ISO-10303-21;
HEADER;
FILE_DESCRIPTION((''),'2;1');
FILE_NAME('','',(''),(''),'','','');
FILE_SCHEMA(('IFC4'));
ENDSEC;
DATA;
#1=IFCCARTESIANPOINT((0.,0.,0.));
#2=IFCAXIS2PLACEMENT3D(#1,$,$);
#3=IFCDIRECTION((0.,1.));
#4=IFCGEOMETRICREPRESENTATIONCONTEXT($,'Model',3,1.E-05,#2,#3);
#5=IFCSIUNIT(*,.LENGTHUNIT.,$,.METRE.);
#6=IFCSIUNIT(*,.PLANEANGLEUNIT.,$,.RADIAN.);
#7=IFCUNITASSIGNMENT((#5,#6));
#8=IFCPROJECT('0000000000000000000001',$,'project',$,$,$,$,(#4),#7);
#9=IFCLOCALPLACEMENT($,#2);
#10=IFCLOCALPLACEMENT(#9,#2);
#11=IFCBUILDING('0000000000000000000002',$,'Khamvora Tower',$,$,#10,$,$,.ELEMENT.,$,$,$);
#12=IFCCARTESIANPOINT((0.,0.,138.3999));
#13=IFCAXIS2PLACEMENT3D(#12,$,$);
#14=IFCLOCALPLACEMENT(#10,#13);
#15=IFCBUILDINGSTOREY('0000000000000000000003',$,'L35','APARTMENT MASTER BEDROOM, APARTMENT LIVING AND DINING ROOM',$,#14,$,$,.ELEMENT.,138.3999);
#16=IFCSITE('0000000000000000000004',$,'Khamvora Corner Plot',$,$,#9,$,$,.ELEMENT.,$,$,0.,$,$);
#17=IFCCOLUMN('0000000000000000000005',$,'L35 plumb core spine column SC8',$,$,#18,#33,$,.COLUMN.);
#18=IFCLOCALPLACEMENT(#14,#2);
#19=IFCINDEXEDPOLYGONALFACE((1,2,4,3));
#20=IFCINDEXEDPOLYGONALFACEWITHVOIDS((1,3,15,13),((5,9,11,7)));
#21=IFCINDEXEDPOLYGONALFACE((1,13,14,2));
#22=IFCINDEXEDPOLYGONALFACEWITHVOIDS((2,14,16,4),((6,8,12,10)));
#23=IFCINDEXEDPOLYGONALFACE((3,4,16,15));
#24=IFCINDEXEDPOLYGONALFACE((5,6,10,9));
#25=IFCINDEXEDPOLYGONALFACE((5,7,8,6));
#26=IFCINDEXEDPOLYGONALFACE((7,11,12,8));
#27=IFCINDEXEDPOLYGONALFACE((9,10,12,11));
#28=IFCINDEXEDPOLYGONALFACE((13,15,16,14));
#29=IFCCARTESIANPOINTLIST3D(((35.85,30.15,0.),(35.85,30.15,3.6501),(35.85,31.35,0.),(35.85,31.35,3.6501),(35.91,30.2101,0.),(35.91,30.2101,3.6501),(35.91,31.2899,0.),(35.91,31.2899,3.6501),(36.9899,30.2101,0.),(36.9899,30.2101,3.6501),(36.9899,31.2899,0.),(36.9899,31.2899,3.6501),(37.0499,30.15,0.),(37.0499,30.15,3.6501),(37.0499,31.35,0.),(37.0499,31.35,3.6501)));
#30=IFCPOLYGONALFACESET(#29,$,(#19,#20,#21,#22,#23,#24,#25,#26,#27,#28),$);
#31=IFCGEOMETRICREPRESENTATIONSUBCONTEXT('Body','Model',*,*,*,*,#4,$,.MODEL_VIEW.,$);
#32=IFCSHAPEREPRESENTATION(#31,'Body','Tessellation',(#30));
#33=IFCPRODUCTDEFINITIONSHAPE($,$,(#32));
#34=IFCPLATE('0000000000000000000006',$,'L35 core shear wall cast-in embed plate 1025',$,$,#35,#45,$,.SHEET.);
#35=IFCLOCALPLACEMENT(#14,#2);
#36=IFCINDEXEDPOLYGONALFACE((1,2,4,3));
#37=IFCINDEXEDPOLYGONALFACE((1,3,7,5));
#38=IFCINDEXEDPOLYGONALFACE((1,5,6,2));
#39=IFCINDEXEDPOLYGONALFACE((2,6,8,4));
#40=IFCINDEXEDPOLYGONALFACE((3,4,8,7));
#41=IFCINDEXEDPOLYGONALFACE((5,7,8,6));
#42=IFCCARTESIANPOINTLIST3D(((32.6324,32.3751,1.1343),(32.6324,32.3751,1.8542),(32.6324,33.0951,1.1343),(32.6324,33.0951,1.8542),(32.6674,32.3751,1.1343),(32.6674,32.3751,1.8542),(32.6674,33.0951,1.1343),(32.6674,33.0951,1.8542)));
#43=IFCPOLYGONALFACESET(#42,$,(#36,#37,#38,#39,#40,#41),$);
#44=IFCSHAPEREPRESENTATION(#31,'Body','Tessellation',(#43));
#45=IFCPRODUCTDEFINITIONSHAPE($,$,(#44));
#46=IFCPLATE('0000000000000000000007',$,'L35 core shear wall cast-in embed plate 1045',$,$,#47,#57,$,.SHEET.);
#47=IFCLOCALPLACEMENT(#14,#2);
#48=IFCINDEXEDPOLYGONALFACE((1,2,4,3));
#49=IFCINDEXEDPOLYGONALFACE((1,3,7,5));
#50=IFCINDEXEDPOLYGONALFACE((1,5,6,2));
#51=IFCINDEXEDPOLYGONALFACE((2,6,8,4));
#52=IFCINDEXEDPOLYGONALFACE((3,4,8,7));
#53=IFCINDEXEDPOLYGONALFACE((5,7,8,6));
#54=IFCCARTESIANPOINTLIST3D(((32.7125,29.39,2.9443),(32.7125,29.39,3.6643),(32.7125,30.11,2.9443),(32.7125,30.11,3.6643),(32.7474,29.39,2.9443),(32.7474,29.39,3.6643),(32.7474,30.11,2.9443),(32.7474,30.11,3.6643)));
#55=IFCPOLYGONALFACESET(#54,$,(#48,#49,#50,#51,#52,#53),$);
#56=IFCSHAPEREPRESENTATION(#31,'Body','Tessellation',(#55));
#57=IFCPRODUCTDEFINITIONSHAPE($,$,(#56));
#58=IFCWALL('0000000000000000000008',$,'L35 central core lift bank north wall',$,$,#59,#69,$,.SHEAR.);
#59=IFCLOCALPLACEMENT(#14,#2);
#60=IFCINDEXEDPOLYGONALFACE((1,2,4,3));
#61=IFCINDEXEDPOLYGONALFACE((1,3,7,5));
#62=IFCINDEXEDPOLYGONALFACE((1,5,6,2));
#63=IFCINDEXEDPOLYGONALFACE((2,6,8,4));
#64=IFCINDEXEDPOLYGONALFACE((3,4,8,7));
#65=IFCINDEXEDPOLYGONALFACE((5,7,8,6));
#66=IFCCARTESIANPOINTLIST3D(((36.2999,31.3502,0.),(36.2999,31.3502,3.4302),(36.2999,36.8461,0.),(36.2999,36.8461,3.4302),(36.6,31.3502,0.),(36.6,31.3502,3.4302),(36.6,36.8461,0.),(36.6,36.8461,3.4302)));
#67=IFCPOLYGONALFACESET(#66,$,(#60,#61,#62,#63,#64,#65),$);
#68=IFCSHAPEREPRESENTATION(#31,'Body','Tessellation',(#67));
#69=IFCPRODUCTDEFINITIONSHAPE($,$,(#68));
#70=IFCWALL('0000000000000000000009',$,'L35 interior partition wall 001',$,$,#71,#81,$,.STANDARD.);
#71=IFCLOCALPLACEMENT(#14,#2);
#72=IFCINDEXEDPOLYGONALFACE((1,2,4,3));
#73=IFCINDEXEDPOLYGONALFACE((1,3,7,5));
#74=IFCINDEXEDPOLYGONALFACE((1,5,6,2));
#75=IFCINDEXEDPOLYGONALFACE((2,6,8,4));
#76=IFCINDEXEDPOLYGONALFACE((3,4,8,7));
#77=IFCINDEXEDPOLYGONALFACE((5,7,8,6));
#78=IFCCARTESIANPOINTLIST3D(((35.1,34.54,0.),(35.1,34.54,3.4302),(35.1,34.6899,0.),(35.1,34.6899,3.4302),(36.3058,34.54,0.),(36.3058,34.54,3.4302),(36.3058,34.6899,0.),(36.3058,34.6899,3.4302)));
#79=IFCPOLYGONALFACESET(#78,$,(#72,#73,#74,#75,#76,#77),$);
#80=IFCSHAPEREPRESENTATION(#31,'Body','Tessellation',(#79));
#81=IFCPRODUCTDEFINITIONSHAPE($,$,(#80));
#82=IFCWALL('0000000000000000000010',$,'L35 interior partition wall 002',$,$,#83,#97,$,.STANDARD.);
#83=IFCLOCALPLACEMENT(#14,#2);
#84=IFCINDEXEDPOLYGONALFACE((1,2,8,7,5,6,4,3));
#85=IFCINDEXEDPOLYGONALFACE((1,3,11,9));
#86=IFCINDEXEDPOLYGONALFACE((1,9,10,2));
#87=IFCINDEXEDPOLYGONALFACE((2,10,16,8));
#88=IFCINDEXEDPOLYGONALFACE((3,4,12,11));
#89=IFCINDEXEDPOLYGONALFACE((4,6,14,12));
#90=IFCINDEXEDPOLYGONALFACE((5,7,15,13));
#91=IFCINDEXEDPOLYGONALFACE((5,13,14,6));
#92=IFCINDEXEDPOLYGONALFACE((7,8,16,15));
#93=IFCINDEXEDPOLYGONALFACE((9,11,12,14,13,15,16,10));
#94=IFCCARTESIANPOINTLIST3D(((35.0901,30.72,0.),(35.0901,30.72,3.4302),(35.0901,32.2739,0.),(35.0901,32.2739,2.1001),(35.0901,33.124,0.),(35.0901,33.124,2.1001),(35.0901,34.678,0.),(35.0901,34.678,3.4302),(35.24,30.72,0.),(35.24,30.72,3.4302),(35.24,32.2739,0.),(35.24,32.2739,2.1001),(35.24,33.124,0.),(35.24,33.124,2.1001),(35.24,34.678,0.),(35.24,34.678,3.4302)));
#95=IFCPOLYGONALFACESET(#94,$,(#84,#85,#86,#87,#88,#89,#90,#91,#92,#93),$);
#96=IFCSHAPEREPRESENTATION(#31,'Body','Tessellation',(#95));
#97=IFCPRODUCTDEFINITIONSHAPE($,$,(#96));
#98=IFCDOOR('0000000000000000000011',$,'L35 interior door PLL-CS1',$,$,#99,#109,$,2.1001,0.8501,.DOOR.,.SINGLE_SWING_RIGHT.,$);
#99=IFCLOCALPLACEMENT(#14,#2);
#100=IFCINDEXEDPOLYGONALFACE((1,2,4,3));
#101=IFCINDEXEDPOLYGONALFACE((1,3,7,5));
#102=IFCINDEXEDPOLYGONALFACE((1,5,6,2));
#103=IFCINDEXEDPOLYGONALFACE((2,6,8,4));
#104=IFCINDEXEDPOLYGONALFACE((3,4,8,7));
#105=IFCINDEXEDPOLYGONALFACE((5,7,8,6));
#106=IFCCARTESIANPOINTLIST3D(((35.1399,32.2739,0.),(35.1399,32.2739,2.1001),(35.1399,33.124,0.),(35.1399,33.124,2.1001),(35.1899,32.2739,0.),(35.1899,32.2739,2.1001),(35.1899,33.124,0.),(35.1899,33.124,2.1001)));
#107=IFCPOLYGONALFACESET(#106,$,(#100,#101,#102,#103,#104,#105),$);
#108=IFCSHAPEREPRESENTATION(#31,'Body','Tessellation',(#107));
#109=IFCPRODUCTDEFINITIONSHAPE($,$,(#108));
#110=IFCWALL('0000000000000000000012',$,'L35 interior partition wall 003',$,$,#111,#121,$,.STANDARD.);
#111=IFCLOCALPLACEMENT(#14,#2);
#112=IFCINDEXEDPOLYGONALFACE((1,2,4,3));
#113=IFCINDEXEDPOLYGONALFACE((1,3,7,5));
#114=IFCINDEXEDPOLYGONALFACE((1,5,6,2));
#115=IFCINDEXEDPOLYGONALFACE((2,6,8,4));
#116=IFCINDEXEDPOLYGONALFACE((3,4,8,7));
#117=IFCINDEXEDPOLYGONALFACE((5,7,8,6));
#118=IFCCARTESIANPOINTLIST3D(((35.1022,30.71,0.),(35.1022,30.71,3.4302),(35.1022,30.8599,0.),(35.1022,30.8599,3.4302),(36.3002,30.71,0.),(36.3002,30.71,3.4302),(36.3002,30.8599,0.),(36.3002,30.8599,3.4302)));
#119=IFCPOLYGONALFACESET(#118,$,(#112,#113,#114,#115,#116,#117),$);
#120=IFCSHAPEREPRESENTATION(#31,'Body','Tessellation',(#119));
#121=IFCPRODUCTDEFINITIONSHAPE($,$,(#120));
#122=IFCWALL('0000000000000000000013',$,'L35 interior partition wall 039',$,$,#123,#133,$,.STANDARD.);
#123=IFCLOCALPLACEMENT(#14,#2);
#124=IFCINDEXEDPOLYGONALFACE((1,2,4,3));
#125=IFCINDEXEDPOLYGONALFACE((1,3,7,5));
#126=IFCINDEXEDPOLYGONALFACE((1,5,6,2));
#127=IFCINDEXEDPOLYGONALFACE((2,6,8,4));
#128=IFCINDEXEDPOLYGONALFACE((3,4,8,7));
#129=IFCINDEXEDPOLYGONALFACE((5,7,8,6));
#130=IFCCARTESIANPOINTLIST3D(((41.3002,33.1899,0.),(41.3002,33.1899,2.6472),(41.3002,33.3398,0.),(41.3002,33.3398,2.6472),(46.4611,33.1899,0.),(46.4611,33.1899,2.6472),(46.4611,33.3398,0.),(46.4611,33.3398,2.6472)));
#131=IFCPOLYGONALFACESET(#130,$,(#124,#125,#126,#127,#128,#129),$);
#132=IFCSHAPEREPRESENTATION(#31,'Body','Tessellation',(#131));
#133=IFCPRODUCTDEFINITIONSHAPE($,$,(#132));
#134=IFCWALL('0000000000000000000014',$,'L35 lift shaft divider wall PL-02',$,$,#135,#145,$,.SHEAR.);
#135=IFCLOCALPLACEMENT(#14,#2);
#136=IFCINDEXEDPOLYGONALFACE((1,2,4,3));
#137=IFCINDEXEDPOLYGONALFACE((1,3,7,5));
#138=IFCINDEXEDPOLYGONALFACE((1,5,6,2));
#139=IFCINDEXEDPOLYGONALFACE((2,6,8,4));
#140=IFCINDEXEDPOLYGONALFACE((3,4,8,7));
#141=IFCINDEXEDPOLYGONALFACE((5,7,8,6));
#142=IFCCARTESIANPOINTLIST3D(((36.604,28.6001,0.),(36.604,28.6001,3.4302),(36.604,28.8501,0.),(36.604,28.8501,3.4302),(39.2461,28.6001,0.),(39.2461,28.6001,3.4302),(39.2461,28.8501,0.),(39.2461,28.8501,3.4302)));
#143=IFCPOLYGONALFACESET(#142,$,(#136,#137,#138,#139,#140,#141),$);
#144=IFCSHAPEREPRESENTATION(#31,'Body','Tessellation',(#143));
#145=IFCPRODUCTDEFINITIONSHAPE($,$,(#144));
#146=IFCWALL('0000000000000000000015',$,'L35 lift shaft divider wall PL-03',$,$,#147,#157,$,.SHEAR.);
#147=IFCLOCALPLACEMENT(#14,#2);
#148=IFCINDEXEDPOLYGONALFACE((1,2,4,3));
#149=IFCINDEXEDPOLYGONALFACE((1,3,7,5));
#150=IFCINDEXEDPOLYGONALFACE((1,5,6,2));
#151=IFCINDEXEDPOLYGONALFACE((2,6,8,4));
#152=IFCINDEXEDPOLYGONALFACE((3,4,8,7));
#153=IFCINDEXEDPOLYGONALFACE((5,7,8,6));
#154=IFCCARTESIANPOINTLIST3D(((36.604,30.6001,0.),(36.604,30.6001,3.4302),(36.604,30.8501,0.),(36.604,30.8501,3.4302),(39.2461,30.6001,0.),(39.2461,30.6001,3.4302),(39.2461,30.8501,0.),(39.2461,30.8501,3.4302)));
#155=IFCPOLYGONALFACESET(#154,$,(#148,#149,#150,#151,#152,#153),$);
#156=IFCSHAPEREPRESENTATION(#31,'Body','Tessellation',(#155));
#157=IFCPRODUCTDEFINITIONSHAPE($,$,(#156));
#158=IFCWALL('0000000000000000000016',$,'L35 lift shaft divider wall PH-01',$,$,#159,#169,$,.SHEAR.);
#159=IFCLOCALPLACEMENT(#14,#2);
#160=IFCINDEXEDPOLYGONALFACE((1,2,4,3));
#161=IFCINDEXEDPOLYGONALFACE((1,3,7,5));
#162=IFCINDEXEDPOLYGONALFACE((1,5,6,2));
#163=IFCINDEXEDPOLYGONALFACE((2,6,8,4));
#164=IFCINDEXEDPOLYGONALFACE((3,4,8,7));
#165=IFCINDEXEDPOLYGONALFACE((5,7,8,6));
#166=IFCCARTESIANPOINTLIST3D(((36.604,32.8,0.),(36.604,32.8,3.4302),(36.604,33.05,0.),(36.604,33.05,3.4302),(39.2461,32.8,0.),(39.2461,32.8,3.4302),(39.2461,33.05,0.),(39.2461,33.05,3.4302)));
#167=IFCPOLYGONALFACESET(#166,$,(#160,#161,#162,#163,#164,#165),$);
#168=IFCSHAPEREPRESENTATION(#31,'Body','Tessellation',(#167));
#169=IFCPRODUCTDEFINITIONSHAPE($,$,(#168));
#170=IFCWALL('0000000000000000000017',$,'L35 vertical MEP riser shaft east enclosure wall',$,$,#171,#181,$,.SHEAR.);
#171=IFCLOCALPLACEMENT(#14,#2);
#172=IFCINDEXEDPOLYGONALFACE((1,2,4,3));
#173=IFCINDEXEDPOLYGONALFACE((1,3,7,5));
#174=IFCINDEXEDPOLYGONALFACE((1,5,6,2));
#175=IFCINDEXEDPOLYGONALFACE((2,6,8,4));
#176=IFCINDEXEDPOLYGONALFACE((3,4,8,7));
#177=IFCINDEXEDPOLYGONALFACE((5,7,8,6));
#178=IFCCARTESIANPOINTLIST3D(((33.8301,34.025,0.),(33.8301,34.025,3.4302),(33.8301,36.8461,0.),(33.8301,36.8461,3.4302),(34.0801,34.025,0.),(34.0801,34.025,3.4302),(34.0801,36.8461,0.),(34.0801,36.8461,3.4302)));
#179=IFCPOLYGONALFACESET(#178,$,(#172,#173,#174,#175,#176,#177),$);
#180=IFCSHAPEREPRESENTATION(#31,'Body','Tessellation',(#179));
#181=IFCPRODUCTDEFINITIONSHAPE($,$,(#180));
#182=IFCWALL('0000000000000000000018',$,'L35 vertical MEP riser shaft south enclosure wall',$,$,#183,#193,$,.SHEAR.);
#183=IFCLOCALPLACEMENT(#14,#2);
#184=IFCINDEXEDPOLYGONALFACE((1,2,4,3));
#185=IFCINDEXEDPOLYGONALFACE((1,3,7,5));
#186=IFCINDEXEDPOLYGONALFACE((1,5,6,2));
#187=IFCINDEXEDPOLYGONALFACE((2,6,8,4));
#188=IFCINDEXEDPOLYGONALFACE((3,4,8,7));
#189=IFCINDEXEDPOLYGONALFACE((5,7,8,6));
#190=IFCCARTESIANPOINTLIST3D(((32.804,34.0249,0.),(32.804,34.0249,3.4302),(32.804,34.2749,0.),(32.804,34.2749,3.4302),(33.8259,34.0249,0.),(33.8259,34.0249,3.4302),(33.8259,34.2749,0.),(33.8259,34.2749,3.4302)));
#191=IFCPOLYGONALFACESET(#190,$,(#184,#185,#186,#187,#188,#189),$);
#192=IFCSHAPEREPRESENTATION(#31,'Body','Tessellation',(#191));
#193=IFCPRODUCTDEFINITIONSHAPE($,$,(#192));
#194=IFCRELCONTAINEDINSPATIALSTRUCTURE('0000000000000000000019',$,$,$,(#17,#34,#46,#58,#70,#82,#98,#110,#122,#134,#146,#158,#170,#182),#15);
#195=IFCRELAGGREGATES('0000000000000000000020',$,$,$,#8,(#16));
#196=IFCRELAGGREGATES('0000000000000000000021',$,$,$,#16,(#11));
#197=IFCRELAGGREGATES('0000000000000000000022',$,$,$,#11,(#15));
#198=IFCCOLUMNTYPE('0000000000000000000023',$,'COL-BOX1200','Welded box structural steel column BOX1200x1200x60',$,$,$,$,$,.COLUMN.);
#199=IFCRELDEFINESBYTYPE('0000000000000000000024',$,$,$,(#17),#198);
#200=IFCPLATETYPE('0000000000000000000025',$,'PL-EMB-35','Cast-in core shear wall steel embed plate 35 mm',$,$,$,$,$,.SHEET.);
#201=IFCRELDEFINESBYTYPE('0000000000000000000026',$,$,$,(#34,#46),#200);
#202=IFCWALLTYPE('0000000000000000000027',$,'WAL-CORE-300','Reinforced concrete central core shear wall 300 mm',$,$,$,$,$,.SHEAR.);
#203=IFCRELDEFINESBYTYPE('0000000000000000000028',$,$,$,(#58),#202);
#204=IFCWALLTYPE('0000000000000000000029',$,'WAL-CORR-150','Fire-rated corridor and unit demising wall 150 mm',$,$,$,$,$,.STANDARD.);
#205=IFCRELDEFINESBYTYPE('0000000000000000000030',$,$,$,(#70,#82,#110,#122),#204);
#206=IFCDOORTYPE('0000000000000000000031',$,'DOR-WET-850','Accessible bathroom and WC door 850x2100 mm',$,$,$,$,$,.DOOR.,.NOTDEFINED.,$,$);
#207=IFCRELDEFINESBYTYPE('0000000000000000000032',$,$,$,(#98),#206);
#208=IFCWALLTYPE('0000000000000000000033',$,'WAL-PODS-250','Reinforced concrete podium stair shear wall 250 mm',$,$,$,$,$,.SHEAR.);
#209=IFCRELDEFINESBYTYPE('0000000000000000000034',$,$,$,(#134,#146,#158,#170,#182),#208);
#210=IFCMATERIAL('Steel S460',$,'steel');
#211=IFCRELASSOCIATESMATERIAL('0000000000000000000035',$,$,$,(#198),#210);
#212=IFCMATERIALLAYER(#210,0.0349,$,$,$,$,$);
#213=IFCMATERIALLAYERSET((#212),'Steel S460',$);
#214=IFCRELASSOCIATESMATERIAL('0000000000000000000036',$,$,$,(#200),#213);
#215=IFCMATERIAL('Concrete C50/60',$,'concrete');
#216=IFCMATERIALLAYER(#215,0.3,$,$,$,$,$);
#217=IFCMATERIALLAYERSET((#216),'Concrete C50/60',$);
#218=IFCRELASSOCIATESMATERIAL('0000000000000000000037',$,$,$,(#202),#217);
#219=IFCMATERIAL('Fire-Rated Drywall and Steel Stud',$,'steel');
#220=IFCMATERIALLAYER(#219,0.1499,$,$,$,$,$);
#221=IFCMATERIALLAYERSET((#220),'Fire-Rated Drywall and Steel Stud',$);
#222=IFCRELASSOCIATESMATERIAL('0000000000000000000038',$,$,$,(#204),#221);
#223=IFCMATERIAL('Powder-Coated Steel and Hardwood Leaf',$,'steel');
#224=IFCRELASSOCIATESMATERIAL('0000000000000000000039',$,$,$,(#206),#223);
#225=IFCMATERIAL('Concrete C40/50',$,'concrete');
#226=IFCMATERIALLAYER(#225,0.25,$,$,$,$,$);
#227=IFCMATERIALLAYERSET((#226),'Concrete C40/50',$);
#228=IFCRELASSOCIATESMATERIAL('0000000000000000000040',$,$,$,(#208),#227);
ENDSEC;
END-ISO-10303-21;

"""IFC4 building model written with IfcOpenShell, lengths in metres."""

from ifc_helpers import new_model, si_unit, direction, frame, frame_2d, origin, origin_2d, place, context, subcontext, project, spatial, rectangle, hollow_rectangle, extrude, material, layer, layer_set, material_profile, profile_set, type_object, element, fill, save


model = new_model("IFC4")

# Units and contexts
model_context = context("Model", 3, precision=1e-05, world=origin(), true_north=direction((0.0, 1.0)))
body_context = subcontext(model_context, "Body", "Model", "MODEL_VIEW")
ifc_project = project(units=[si_unit("LENGTHUNIT", "METRE"), si_unit("PLANEANGLEUNIT", "RADIAN")], contexts=[model_context])

# Site, building, storey
site_placement = place(None, origin())
site = spatial("IfcSite", under=ifc_project, at=site_placement, Name="Khamvora Corner Plot", CompositionType="ELEMENT", RefElevation=0.0)
building_placement = place(site_placement, origin())
building = spatial("IfcBuilding", under=site, at=building_placement, Name="Khamvora Tower", CompositionType="ELEMENT")
storey_placement = place(building_placement, frame((0.0, 0.0, 138.3999)))
storey = spatial("IfcBuildingStorey", under=building, at=storey_placement, Name="L35", Description="APARTMENT MASTER BEDROOM, APARTMENT LIVING AND DINING ROOM", CompositionType="ELEMENT", Elevation=138.3999)

# Column
ifc_material_1 = material(Name="Steel S460", Category="steel")
ifc_material_profile = material_profile(ifc_material_1, hollow_rectangle(XDim=1.2, YDim=1.2, WallThickness=0.0601, at=origin_2d()), Name="BOX1200x1200x60")
ifc_profile_set = profile_set([ifc_material_profile], Name="Steel S460")
column_type = type_object("IfcColumnType", Name="COL-BOX1200", Description="Welded box structural steel column BOX1200x1200x60", PredefinedType="COLUMN", material=ifc_profile_set)
column_placement = place(storey_placement, frame((36.45, 30.75, 0.0), z_axis=(0.0, 0.0, 1.0), x_axis=(1.0, 0.0, 0.0)))
element("IfcColumn", 1, at=column_placement, inside=storey, type_object=column_type, Name="L35 plumb core spine column SC8", PredefinedType="COLUMN", context=body_context, shape_type="SweptSolid", body=[
    extrude(hollow_rectangle(XDim=1.2, YDim=1.2, WallThickness=0.0601, at=origin_2d()), origin(), (0.0, 0.0, 1.0), 3.6501),
])

# Plates
ifc_layer_1 = layer(ifc_material_1, 0.0349)
ifc_layer_set_1 = layer_set([ifc_layer_1], Name="Steel S460")
plate_type = type_object("IfcPlateType", Name="PL-EMB-35", Description="Cast-in core shear wall steel embed plate 35 mm", PredefinedType="SHEET", material=ifc_layer_set_1)
for number, where, z_axis, x_axis, name in (
    (2, (32.6499, 32.7351, 1.1343), (0.0, 0.0, 1.0), (1.0, 0.0, 0.0), "L35 core shear wall cast-in embed plate 1025"),
    (3, (32.73, 29.75, 2.9443), (0.0, 0.0, 1.0), (1.0, 0.0, 0.0), "L35 core shear wall cast-in embed plate 1045"),
):
    element("IfcPlate", number, at=place(storey_placement, frame(where, z_axis=z_axis, x_axis=x_axis)), inside=storey, type_object=plate_type, Name=name, PredefinedType="SHEET", context=body_context, shape_type="SweptSolid", body=[
        extrude(rectangle(XDim=0.0349, YDim=0.72, at=origin_2d()), origin(), (0.0, 0.0, 1.0), 0.72),
    ])

# Walls
ifc_material_2 = material(Name="Concrete C50/60", Category="concrete")
ifc_layer_2 = layer(ifc_material_2, 0.3)
ifc_layer_set_2 = layer_set([ifc_layer_2], Name="Concrete C50/60")
wall_type_1 = type_object("IfcWallType", Name="WAL-CORE-300", Description="Reinforced concrete central core shear wall 300 mm", PredefinedType="SHEAR", material=ifc_layer_set_2)
wall_1_placement = place(storey_placement, frame((36.45, 31.3501, 0.0), z_axis=(0.0, 0.0, 1.0), x_axis=(0.0, 1.0, 0.0)))
element("IfcWall", 4, at=wall_1_placement, inside=storey, type_object=wall_type_1, Name="L35 central core lift bank north wall", PredefinedType="SHEAR", context=body_context, shape_type="SweptSolid", body=[
    extrude(rectangle(XDim=5.4958, YDim=0.3, at=frame_2d((2.748, 0.0))), origin(), (0.0, 0.0, 1.0), 3.4302),
])
ifc_material_3 = material(Name="Fire-Rated Drywall and Steel Stud", Category="steel")
ifc_layer_3 = layer(ifc_material_3, 0.1499)
ifc_layer_set_3 = layer_set([ifc_layer_3], Name="Fire-Rated Drywall and Steel Stud")
wall_type_2 = type_object("IfcWallType", Name="WAL-CORR-150", Description="Fire-rated corridor and unit demising wall 150 mm", PredefinedType="STANDARD", material=ifc_layer_set_3)
wall_2_placement = place(storey_placement, frame((36.3059, 34.615, 0.0), z_axis=(0.0, 0.0, 1.0), x_axis=(-1.0, 0.0, 0.0)))
element("IfcWall", 5, at=wall_2_placement, inside=storey, type_object=wall_type_2, Name="L35 interior partition wall 001", PredefinedType="STANDARD", context=body_context, shape_type="SweptSolid", body=[
    extrude(rectangle(XDim=1.2058, YDim=0.1499, at=frame_2d((0.603, 0.0))), origin(), (0.0, 0.0, 1.0), 3.4302),
])

# Wall, opening, door
wall_3_placement = place(storey_placement, frame((35.165, 34.678, 0.0), z_axis=(0.0, 0.0, 1.0), x_axis=(0.0, -1.0, 0.0)))
wall_3 = element("IfcWall", 6, at=wall_3_placement, inside=storey, type_object=wall_type_2, Name="L35 interior partition wall 002", PredefinedType="STANDARD", context=body_context, shape_type="SweptSolid", body=[
    extrude(rectangle(XDim=3.958, YDim=0.1499, at=frame_2d((1.979, 0.0))), origin(), (0.0, 0.0, 1.0), 3.4302),
])
opening_placement = place(wall_3_placement, frame((1.554, 0.0, 0.0)))
opening = element("IfcOpeningElement", 7, at=opening_placement, cuts=wall_3, PredefinedType="OPENING", context=body_context, shape_type="SweptSolid", body=[
    extrude(rectangle(XDim=0.8501, YDim=2.1001, at=frame_2d((0.425, 1.05))), frame((0.0, 0.085, 0.0), z_axis=(0.0, -1.0, 0.0), x_axis=(1.0, 0.0, 0.0)), (0.0, 0.0, 1.0), 0.1699),
])
ifc_material_4 = material(Name="Powder-Coated Steel and Hardwood Leaf", Category="steel")
door_type = type_object("IfcDoorType", Name="DOR-WET-850", Description="Accessible bathroom and WC door 850x2100 mm", OperationType="NOTDEFINED", PredefinedType="DOOR", material=ifc_material_4)
door_placement = place(opening_placement, origin())
door = element("IfcDoor", 8, at=door_placement, inside=storey, type_object=door_type, Name="L35 interior door PLL-CS1", OperationType="SINGLE_SWING_RIGHT", OverallHeight=2.1001, OverallWidth=0.8501, PredefinedType="DOOR", context=body_context, shape_type="SweptSolid", body=[
    extrude(rectangle(XDim=0.8501, YDim=2.1001, at=frame_2d((0.425, 1.05))), frame((0.0, 0.0249, 0.0), z_axis=(0.0, -1.0, 0.0), x_axis=(1.0, 0.0, 0.0)), (0.0, 0.0, 1.0), 0.05),
])
fill(opening, door)

# Walls
wall_4_placement = place(storey_placement, frame((35.1021, 30.7849, 0.0), z_axis=(0.0, 0.0, 1.0), x_axis=(1.0, 0.0, 0.0)))
element("IfcWall", 9, at=wall_4_placement, inside=storey, type_object=wall_type_2, Name="L35 interior partition wall 003", PredefinedType="STANDARD", context=body_context, shape_type="SweptSolid", body=[
    extrude(rectangle(XDim=1.198, YDim=0.1499, at=frame_2d((0.5991, 0.0))), origin(), (0.0, 0.0, 1.0), 3.4302),
])
wall_5_placement = place(storey_placement, frame((41.3, 33.2649, 0.0), z_axis=(0.0, 0.0, 1.0), x_axis=(1.0, 0.0, 0.0)))
element("IfcWall", 10, at=wall_5_placement, inside=storey, type_object=wall_type_2, Name="L35 interior partition wall 039", PredefinedType="STANDARD", context=body_context, shape_type="SweptSolid", body=[
    extrude(rectangle(XDim=5.1609, YDim=0.1499, at=frame_2d((2.5806, 0.0))), origin(), (0.0, 0.0, 1.0), 2.6472),
])
ifc_material_5 = material(Name="Concrete C40/50", Category="concrete")
ifc_layer_4 = layer(ifc_material_5, 0.25)
ifc_layer_set_4 = layer_set([ifc_layer_4], Name="Concrete C40/50")
wall_type_3 = type_object("IfcWallType", Name="WAL-PODS-250", Description="Reinforced concrete podium stair shear wall 250 mm", PredefinedType="SHEAR", material=ifc_layer_set_4)
for number, where, z_axis, x_axis, name in (
    (11, (36.604, 28.7251, 0.0), (0.0, 0.0, 1.0), (1.0, 0.0, 0.0), "L35 lift shaft divider wall PL-02"),
    (12, (36.604, 30.7251, 0.0), (0.0, 0.0, 1.0), (1.0, 0.0, 0.0), "L35 lift shaft divider wall PL-03"),
    (13, (36.604, 32.925, 0.0), (0.0, 0.0, 1.0), (1.0, 0.0, 0.0), "L35 lift shaft divider wall PH-01"),
):
    element("IfcWall", number, at=place(storey_placement, frame(where, z_axis=z_axis, x_axis=x_axis)), inside=storey, type_object=wall_type_3, Name=name, PredefinedType="SHEAR", context=body_context, shape_type="SweptSolid", body=[
        extrude(rectangle(XDim=2.6421, YDim=0.25, at=frame_2d((1.321, 0.0))), origin(), (0.0, 0.0, 1.0), 3.4302),
    ])
wall_6_placement = place(storey_placement, frame((33.9551, 34.0249, 0.0), z_axis=(0.0, 0.0, 1.0), x_axis=(0.0, 1.0, 0.0)))
element("IfcWall", 14, at=wall_6_placement, inside=storey, type_object=wall_type_3, Name="L35 vertical MEP riser shaft east enclosure wall", PredefinedType="SHEAR", context=body_context, shape_type="SweptSolid", body=[
    extrude(rectangle(XDim=2.821, YDim=0.25, at=frame_2d((1.4106, 0.0))), origin(), (0.0, 0.0, 1.0), 3.4302),
])
wall_7_placement = place(storey_placement, frame((32.804, 34.1499, 0.0), z_axis=(0.0, 0.0, 1.0), x_axis=(1.0, 0.0, 0.0)))
element("IfcWall", 15, at=wall_7_placement, inside=storey, type_object=wall_type_3, Name="L35 vertical MEP riser shaft south enclosure wall", PredefinedType="SHEAR", context=body_context, shape_type="SweptSolid", body=[
    extrude(rectangle(XDim=1.022, YDim=0.25, at=frame_2d((0.511, 0.0))), origin(), (0.0, 0.0, 1.0), 3.4302),
])

save(model, "model.ifc")
